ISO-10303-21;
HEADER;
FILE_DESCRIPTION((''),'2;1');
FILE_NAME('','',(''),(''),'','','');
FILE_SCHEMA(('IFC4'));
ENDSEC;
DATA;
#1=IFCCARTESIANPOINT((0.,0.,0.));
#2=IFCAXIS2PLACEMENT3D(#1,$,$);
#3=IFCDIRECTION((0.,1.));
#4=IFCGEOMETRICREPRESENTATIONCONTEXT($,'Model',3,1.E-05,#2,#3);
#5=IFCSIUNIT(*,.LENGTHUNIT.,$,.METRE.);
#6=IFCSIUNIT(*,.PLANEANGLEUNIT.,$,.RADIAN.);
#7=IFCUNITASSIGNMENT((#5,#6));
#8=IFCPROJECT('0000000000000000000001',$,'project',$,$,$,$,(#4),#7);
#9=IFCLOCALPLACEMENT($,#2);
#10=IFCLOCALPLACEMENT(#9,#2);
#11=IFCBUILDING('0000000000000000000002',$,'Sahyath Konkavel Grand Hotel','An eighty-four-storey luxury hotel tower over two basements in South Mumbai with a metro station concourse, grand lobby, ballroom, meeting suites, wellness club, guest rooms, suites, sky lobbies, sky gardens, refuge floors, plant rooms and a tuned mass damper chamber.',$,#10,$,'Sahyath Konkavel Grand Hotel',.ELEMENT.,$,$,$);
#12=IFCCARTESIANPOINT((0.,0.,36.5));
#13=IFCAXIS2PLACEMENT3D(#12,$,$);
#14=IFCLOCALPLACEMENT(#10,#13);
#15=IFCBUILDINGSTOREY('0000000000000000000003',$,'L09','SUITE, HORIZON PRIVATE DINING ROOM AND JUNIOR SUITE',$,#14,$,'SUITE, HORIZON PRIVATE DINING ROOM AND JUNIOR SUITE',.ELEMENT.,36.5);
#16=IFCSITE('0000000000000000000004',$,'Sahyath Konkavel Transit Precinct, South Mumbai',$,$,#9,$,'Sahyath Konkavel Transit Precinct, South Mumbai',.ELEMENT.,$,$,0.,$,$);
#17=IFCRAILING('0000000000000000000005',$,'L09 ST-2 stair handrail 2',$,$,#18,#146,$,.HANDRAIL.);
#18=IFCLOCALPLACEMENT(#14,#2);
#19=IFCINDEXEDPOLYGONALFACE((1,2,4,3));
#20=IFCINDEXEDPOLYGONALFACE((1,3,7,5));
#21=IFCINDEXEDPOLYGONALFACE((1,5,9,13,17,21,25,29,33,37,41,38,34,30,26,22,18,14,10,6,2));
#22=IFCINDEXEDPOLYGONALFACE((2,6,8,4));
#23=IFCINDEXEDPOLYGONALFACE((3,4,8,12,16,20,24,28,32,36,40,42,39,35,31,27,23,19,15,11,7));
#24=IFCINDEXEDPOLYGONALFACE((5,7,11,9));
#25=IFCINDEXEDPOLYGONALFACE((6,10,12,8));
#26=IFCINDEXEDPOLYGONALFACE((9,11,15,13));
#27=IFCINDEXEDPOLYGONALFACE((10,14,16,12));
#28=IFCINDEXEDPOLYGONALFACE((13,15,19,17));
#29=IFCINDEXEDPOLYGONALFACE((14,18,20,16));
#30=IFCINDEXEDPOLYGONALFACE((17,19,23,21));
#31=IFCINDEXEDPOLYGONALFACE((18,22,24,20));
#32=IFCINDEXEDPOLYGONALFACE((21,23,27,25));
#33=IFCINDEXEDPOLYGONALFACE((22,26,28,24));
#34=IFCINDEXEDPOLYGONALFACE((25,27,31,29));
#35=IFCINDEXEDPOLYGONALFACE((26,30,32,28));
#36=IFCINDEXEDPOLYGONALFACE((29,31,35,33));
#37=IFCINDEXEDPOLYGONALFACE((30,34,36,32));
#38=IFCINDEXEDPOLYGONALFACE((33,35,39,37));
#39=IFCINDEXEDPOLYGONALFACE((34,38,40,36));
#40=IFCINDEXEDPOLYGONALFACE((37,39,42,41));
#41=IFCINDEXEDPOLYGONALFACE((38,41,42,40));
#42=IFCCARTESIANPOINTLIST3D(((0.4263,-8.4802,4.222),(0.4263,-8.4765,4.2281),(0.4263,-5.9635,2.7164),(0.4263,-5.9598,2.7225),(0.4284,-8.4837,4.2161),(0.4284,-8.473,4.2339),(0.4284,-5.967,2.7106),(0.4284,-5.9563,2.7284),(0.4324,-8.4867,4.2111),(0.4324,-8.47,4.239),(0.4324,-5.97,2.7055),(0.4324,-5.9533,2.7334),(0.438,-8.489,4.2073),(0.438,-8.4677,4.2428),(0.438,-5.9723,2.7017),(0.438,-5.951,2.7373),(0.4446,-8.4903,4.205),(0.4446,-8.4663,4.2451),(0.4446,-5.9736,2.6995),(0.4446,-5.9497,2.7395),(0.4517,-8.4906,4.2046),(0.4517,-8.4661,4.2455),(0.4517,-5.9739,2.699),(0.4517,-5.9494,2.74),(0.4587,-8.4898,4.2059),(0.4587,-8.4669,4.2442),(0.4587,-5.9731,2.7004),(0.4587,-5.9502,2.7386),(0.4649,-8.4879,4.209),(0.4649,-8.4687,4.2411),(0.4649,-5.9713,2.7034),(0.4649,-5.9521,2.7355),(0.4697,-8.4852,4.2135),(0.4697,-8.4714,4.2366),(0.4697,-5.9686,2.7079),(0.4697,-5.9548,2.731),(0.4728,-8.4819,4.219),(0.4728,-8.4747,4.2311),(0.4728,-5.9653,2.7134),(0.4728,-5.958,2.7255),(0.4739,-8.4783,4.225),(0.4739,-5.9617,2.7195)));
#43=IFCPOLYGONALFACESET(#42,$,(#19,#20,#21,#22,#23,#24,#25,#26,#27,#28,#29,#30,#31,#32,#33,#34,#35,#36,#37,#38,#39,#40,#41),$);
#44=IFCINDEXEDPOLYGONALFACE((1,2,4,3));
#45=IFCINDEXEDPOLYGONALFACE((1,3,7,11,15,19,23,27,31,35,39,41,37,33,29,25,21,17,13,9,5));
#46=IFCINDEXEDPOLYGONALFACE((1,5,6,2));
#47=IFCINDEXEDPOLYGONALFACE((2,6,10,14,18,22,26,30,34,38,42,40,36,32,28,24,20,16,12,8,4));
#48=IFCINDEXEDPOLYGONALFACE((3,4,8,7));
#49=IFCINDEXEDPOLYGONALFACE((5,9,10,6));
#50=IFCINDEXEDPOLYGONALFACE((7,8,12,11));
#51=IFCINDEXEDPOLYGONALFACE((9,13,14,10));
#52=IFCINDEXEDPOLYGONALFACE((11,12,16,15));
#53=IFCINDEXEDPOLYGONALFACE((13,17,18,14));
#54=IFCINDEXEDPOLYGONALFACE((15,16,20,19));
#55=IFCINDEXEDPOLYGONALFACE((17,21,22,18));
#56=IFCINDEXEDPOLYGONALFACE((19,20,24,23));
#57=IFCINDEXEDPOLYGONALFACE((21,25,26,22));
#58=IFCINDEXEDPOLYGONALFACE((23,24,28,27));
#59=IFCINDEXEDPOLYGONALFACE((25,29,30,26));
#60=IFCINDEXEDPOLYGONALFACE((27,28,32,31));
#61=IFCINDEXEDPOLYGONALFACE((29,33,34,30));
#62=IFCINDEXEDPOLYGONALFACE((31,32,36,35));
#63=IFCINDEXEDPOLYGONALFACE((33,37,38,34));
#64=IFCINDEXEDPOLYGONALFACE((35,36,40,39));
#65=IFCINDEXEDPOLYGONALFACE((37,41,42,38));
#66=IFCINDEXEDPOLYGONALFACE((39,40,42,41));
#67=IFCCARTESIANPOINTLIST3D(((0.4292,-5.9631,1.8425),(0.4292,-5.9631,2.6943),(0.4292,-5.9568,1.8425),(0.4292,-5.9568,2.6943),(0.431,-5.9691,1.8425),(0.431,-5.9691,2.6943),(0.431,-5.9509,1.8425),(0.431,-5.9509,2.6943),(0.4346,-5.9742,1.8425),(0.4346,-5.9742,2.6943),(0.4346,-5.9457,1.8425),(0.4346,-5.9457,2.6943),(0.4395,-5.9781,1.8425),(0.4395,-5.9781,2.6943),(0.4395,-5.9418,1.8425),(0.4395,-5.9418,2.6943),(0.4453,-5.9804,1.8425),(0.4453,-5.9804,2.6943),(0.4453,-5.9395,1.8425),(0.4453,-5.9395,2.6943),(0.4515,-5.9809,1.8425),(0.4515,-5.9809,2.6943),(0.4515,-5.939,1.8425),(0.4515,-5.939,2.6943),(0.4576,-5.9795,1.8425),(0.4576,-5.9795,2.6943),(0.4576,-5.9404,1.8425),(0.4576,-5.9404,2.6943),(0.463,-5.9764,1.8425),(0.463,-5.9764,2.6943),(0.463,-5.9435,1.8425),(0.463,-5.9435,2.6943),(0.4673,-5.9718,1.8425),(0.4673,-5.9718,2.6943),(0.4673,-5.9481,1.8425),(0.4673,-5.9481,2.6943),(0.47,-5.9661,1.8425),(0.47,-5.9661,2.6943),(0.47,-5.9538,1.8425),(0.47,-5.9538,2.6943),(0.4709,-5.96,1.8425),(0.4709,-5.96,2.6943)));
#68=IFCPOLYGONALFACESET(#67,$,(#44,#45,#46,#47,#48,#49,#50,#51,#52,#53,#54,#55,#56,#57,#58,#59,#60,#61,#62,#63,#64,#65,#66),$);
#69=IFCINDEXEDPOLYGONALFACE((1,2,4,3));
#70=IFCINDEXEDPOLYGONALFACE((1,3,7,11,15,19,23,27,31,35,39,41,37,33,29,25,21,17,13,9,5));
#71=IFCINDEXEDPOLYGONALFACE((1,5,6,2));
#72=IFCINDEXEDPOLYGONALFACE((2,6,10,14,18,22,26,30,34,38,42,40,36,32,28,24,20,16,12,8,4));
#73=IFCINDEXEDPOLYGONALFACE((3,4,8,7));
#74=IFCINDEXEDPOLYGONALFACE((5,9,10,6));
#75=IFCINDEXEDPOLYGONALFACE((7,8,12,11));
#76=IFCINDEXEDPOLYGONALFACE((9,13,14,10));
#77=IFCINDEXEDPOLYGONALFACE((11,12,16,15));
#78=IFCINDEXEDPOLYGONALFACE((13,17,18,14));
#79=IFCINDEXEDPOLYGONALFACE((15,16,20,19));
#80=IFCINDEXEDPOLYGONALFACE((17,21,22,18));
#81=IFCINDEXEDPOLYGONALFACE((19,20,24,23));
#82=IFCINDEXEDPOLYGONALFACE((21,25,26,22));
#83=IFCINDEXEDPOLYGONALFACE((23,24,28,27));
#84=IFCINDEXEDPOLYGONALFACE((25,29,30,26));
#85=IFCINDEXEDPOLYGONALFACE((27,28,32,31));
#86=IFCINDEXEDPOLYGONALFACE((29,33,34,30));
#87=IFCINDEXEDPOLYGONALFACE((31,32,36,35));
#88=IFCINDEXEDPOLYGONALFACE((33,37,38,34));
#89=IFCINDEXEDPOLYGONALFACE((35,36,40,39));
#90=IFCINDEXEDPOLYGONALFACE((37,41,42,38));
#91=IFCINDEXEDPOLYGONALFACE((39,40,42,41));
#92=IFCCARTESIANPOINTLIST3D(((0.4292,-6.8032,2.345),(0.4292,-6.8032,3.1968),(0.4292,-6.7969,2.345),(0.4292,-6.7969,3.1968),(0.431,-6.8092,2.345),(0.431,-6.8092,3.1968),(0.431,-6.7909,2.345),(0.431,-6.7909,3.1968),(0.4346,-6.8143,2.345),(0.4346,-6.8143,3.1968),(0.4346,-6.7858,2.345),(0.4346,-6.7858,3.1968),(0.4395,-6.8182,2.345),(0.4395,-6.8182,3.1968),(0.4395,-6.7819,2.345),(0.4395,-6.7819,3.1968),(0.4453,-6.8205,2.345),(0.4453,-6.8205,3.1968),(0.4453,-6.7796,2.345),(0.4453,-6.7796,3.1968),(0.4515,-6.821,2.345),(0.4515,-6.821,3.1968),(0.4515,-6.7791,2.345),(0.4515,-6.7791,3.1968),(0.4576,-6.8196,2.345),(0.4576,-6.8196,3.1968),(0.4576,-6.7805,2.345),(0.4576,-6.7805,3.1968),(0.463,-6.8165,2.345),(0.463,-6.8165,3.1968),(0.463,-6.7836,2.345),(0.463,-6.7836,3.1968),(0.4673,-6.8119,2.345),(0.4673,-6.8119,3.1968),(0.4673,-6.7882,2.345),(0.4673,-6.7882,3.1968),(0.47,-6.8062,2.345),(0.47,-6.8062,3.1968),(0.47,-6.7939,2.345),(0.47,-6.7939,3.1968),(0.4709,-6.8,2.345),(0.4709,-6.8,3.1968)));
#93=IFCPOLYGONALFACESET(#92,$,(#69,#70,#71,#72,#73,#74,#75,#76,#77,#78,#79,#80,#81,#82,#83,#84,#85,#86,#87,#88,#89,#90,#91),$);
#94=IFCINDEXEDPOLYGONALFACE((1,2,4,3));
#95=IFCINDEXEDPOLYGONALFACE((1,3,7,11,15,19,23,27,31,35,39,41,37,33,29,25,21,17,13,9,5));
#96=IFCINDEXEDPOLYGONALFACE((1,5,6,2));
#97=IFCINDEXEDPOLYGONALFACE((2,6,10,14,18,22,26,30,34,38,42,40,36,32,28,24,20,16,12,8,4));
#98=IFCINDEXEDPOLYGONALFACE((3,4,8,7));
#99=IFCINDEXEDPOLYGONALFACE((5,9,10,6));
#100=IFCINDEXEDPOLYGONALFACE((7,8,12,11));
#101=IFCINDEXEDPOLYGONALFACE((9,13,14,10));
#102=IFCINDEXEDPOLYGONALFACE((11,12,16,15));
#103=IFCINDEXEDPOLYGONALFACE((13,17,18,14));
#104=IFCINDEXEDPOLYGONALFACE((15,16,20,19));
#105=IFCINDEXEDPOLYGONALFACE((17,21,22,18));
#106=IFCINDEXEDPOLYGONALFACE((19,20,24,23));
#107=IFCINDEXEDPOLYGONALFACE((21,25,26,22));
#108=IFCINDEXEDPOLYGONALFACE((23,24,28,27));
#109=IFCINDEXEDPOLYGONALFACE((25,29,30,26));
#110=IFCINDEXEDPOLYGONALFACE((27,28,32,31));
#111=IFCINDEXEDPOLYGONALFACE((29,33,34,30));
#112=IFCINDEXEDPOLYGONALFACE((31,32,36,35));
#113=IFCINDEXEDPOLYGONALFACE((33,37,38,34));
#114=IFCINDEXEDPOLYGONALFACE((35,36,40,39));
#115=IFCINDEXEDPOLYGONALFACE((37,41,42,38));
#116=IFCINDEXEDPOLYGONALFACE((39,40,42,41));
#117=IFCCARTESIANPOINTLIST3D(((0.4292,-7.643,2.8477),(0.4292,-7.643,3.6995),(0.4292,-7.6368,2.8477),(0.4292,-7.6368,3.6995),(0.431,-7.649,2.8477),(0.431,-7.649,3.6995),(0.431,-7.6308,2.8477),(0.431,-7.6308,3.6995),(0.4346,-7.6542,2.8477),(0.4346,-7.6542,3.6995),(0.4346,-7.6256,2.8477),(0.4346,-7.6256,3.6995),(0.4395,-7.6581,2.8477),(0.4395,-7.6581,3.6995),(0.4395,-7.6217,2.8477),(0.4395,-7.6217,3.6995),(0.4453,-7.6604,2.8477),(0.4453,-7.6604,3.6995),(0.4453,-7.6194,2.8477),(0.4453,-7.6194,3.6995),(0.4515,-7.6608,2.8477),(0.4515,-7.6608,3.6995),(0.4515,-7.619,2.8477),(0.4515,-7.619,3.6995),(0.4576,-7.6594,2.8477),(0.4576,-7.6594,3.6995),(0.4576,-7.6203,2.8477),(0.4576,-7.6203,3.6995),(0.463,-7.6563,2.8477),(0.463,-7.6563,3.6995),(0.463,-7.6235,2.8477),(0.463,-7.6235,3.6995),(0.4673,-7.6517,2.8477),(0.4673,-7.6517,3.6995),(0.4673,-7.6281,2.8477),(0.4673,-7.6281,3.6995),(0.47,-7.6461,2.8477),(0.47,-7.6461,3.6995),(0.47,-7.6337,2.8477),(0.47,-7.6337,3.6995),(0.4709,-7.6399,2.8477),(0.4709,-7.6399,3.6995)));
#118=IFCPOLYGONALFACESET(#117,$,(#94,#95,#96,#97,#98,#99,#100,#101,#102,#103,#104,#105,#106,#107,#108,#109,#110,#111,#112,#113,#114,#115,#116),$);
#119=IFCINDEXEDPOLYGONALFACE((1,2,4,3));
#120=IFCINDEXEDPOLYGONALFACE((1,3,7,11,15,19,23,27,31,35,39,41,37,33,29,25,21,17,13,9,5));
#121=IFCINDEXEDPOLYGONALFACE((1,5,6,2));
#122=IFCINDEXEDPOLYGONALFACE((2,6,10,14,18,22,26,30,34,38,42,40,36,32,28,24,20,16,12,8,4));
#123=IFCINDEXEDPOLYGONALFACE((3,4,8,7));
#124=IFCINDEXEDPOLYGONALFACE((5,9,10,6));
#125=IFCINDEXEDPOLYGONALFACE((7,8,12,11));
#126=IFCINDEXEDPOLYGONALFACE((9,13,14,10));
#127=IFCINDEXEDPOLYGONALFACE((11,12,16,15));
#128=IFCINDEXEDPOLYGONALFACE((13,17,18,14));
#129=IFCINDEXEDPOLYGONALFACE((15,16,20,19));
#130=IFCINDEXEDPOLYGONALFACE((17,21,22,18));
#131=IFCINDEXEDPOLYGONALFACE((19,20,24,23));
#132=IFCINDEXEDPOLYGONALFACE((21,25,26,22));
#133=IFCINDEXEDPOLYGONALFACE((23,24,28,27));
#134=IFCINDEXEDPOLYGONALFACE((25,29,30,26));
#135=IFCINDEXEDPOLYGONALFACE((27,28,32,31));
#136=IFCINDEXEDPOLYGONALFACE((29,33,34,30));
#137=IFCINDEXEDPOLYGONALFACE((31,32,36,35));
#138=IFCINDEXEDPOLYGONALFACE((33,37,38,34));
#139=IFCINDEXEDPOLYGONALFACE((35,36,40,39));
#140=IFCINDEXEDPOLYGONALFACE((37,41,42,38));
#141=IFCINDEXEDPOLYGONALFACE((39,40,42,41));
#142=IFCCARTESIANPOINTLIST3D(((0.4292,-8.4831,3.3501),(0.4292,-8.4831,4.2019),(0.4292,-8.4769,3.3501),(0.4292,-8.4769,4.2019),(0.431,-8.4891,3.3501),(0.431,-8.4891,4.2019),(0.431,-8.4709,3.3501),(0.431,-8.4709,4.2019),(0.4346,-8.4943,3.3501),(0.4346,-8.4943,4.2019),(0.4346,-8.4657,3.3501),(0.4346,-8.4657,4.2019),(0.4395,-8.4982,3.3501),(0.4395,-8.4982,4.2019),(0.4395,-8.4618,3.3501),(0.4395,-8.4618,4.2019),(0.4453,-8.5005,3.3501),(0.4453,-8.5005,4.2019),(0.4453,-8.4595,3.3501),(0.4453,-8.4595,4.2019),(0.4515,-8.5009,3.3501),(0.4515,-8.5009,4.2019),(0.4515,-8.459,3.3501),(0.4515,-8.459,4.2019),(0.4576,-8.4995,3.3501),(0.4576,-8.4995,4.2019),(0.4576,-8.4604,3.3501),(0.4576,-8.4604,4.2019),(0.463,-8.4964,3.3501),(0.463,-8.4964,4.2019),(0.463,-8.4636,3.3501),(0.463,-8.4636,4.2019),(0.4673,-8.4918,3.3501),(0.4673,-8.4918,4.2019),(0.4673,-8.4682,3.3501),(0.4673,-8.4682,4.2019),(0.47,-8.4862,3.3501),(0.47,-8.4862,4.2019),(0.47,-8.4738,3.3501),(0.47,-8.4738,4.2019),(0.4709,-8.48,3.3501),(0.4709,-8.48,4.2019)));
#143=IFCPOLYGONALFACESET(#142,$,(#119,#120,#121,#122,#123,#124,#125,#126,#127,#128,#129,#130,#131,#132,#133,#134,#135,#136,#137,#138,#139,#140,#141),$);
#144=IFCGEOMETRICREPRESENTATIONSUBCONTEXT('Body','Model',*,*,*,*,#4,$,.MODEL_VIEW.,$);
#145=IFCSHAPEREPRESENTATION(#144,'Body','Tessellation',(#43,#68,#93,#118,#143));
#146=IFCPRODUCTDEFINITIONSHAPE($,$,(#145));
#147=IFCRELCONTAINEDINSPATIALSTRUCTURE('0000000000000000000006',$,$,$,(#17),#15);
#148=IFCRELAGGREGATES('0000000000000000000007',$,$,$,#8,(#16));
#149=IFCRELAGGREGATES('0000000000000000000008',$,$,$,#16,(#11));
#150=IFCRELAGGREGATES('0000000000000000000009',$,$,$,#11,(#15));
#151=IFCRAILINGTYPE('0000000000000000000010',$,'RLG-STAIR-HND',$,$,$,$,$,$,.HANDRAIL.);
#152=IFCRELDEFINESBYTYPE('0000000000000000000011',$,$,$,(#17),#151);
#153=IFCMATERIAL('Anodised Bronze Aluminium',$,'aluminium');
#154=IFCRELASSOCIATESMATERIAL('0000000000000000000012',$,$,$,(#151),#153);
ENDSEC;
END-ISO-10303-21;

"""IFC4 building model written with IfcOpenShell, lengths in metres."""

from ifc_helpers import new_model, si_unit, direction, frame, origin, origin_2d, place, context, subcontext, project, spatial, circle, extrude, material, type_object, element, save


model = new_model("IFC4")

# Units and contexts
model_context = context("Model", 3, precision=1e-05, world=origin(), true_north=direction((0.0, 1.0)))
body_context = subcontext(model_context, "Body", "Model", "MODEL_VIEW")
ifc_project = project(units=[si_unit("LENGTHUNIT", "METRE"), si_unit("PLANEANGLEUNIT", "RADIAN")], contexts=[model_context])

# Site, building, storey
site_placement = place(None, origin())
site = spatial("IfcSite", under=ifc_project, at=site_placement, Name="Sahyath Konkavel Transit Precinct, South Mumbai", LongName="Sahyath Konkavel Transit Precinct, South Mumbai", CompositionType="ELEMENT", RefElevation=0.0)
building_placement = place(site_placement, origin())
building = spatial("IfcBuilding", under=site, at=building_placement, Name="Sahyath Konkavel Grand Hotel", Description="An eighty-four-storey luxury hotel tower over two basements in South Mumbai with a metro station concourse, grand lobby, ballroom, meeting suites, wellness club, guest rooms, suites, sky lobbies, sky gardens, refuge floors, plant rooms and a tuned mass damper chamber.", LongName="Sahyath Konkavel Grand Hotel", CompositionType="ELEMENT")
storey_placement = place(building_placement, frame((0.0, 0.0, 36.5)))
storey = spatial("IfcBuildingStorey", under=building, at=storey_placement, Name="L09", Description="SUITE, HORIZON PRIVATE DINING ROOM AND JUNIOR SUITE", LongName="SUITE, HORIZON PRIVATE DINING ROOM AND JUNIOR SUITE", CompositionType="ELEMENT", Elevation=36.5)

# Railing
ifc_material_1 = material(Name="Anodised Bronze Aluminium", Category="aluminium")
railing_type_1 = type_object("IfcRailingType", Name="RLG-STAIR-HND", PredefinedType="HANDRAIL", material=ifc_material_1)
railing_1_placement = place(storey_placement, frame((0.45, -5.96, 1.8425)))
element("IfcRailing", 1, at=railing_1_placement, inside=storey, type_object=railing_type_1, Name="L09 ST-2 stair handrail 2", PredefinedType="HANDRAIL", context=body_context, shape_type="SweptSolid", body=[
    extrude(circle(Radius=0.0239, at=origin_2d()), frame((0.0, -0.0017, 0.877), z_axis=(0.0, -0.85816, 0.513383), x_axis=(1.0, 0.0, 0.0)), (0.0, 0.0, 1.0), 2.9326),
    extrude(circle(Radius=0.021, at=origin_2d()), origin(), (0.0, 0.0, 1.0), 0.8518),
    extrude(circle(Radius=0.021, at=origin_2d()), frame((0.0, -0.8401, 0.5024)), (0.0, 0.0, 1.0), 0.8518),
    extrude(circle(Radius=0.021, at=origin_2d()), frame((0.0, -1.6799, 1.0051)), (0.0, 0.0, 1.0), 0.8518),
    extrude(circle(Radius=0.021, at=origin_2d()), frame((0.0, -2.52, 1.5076)), (0.0, 0.0, 1.0), 0.8518),
])

save(model, "model.ifc")
